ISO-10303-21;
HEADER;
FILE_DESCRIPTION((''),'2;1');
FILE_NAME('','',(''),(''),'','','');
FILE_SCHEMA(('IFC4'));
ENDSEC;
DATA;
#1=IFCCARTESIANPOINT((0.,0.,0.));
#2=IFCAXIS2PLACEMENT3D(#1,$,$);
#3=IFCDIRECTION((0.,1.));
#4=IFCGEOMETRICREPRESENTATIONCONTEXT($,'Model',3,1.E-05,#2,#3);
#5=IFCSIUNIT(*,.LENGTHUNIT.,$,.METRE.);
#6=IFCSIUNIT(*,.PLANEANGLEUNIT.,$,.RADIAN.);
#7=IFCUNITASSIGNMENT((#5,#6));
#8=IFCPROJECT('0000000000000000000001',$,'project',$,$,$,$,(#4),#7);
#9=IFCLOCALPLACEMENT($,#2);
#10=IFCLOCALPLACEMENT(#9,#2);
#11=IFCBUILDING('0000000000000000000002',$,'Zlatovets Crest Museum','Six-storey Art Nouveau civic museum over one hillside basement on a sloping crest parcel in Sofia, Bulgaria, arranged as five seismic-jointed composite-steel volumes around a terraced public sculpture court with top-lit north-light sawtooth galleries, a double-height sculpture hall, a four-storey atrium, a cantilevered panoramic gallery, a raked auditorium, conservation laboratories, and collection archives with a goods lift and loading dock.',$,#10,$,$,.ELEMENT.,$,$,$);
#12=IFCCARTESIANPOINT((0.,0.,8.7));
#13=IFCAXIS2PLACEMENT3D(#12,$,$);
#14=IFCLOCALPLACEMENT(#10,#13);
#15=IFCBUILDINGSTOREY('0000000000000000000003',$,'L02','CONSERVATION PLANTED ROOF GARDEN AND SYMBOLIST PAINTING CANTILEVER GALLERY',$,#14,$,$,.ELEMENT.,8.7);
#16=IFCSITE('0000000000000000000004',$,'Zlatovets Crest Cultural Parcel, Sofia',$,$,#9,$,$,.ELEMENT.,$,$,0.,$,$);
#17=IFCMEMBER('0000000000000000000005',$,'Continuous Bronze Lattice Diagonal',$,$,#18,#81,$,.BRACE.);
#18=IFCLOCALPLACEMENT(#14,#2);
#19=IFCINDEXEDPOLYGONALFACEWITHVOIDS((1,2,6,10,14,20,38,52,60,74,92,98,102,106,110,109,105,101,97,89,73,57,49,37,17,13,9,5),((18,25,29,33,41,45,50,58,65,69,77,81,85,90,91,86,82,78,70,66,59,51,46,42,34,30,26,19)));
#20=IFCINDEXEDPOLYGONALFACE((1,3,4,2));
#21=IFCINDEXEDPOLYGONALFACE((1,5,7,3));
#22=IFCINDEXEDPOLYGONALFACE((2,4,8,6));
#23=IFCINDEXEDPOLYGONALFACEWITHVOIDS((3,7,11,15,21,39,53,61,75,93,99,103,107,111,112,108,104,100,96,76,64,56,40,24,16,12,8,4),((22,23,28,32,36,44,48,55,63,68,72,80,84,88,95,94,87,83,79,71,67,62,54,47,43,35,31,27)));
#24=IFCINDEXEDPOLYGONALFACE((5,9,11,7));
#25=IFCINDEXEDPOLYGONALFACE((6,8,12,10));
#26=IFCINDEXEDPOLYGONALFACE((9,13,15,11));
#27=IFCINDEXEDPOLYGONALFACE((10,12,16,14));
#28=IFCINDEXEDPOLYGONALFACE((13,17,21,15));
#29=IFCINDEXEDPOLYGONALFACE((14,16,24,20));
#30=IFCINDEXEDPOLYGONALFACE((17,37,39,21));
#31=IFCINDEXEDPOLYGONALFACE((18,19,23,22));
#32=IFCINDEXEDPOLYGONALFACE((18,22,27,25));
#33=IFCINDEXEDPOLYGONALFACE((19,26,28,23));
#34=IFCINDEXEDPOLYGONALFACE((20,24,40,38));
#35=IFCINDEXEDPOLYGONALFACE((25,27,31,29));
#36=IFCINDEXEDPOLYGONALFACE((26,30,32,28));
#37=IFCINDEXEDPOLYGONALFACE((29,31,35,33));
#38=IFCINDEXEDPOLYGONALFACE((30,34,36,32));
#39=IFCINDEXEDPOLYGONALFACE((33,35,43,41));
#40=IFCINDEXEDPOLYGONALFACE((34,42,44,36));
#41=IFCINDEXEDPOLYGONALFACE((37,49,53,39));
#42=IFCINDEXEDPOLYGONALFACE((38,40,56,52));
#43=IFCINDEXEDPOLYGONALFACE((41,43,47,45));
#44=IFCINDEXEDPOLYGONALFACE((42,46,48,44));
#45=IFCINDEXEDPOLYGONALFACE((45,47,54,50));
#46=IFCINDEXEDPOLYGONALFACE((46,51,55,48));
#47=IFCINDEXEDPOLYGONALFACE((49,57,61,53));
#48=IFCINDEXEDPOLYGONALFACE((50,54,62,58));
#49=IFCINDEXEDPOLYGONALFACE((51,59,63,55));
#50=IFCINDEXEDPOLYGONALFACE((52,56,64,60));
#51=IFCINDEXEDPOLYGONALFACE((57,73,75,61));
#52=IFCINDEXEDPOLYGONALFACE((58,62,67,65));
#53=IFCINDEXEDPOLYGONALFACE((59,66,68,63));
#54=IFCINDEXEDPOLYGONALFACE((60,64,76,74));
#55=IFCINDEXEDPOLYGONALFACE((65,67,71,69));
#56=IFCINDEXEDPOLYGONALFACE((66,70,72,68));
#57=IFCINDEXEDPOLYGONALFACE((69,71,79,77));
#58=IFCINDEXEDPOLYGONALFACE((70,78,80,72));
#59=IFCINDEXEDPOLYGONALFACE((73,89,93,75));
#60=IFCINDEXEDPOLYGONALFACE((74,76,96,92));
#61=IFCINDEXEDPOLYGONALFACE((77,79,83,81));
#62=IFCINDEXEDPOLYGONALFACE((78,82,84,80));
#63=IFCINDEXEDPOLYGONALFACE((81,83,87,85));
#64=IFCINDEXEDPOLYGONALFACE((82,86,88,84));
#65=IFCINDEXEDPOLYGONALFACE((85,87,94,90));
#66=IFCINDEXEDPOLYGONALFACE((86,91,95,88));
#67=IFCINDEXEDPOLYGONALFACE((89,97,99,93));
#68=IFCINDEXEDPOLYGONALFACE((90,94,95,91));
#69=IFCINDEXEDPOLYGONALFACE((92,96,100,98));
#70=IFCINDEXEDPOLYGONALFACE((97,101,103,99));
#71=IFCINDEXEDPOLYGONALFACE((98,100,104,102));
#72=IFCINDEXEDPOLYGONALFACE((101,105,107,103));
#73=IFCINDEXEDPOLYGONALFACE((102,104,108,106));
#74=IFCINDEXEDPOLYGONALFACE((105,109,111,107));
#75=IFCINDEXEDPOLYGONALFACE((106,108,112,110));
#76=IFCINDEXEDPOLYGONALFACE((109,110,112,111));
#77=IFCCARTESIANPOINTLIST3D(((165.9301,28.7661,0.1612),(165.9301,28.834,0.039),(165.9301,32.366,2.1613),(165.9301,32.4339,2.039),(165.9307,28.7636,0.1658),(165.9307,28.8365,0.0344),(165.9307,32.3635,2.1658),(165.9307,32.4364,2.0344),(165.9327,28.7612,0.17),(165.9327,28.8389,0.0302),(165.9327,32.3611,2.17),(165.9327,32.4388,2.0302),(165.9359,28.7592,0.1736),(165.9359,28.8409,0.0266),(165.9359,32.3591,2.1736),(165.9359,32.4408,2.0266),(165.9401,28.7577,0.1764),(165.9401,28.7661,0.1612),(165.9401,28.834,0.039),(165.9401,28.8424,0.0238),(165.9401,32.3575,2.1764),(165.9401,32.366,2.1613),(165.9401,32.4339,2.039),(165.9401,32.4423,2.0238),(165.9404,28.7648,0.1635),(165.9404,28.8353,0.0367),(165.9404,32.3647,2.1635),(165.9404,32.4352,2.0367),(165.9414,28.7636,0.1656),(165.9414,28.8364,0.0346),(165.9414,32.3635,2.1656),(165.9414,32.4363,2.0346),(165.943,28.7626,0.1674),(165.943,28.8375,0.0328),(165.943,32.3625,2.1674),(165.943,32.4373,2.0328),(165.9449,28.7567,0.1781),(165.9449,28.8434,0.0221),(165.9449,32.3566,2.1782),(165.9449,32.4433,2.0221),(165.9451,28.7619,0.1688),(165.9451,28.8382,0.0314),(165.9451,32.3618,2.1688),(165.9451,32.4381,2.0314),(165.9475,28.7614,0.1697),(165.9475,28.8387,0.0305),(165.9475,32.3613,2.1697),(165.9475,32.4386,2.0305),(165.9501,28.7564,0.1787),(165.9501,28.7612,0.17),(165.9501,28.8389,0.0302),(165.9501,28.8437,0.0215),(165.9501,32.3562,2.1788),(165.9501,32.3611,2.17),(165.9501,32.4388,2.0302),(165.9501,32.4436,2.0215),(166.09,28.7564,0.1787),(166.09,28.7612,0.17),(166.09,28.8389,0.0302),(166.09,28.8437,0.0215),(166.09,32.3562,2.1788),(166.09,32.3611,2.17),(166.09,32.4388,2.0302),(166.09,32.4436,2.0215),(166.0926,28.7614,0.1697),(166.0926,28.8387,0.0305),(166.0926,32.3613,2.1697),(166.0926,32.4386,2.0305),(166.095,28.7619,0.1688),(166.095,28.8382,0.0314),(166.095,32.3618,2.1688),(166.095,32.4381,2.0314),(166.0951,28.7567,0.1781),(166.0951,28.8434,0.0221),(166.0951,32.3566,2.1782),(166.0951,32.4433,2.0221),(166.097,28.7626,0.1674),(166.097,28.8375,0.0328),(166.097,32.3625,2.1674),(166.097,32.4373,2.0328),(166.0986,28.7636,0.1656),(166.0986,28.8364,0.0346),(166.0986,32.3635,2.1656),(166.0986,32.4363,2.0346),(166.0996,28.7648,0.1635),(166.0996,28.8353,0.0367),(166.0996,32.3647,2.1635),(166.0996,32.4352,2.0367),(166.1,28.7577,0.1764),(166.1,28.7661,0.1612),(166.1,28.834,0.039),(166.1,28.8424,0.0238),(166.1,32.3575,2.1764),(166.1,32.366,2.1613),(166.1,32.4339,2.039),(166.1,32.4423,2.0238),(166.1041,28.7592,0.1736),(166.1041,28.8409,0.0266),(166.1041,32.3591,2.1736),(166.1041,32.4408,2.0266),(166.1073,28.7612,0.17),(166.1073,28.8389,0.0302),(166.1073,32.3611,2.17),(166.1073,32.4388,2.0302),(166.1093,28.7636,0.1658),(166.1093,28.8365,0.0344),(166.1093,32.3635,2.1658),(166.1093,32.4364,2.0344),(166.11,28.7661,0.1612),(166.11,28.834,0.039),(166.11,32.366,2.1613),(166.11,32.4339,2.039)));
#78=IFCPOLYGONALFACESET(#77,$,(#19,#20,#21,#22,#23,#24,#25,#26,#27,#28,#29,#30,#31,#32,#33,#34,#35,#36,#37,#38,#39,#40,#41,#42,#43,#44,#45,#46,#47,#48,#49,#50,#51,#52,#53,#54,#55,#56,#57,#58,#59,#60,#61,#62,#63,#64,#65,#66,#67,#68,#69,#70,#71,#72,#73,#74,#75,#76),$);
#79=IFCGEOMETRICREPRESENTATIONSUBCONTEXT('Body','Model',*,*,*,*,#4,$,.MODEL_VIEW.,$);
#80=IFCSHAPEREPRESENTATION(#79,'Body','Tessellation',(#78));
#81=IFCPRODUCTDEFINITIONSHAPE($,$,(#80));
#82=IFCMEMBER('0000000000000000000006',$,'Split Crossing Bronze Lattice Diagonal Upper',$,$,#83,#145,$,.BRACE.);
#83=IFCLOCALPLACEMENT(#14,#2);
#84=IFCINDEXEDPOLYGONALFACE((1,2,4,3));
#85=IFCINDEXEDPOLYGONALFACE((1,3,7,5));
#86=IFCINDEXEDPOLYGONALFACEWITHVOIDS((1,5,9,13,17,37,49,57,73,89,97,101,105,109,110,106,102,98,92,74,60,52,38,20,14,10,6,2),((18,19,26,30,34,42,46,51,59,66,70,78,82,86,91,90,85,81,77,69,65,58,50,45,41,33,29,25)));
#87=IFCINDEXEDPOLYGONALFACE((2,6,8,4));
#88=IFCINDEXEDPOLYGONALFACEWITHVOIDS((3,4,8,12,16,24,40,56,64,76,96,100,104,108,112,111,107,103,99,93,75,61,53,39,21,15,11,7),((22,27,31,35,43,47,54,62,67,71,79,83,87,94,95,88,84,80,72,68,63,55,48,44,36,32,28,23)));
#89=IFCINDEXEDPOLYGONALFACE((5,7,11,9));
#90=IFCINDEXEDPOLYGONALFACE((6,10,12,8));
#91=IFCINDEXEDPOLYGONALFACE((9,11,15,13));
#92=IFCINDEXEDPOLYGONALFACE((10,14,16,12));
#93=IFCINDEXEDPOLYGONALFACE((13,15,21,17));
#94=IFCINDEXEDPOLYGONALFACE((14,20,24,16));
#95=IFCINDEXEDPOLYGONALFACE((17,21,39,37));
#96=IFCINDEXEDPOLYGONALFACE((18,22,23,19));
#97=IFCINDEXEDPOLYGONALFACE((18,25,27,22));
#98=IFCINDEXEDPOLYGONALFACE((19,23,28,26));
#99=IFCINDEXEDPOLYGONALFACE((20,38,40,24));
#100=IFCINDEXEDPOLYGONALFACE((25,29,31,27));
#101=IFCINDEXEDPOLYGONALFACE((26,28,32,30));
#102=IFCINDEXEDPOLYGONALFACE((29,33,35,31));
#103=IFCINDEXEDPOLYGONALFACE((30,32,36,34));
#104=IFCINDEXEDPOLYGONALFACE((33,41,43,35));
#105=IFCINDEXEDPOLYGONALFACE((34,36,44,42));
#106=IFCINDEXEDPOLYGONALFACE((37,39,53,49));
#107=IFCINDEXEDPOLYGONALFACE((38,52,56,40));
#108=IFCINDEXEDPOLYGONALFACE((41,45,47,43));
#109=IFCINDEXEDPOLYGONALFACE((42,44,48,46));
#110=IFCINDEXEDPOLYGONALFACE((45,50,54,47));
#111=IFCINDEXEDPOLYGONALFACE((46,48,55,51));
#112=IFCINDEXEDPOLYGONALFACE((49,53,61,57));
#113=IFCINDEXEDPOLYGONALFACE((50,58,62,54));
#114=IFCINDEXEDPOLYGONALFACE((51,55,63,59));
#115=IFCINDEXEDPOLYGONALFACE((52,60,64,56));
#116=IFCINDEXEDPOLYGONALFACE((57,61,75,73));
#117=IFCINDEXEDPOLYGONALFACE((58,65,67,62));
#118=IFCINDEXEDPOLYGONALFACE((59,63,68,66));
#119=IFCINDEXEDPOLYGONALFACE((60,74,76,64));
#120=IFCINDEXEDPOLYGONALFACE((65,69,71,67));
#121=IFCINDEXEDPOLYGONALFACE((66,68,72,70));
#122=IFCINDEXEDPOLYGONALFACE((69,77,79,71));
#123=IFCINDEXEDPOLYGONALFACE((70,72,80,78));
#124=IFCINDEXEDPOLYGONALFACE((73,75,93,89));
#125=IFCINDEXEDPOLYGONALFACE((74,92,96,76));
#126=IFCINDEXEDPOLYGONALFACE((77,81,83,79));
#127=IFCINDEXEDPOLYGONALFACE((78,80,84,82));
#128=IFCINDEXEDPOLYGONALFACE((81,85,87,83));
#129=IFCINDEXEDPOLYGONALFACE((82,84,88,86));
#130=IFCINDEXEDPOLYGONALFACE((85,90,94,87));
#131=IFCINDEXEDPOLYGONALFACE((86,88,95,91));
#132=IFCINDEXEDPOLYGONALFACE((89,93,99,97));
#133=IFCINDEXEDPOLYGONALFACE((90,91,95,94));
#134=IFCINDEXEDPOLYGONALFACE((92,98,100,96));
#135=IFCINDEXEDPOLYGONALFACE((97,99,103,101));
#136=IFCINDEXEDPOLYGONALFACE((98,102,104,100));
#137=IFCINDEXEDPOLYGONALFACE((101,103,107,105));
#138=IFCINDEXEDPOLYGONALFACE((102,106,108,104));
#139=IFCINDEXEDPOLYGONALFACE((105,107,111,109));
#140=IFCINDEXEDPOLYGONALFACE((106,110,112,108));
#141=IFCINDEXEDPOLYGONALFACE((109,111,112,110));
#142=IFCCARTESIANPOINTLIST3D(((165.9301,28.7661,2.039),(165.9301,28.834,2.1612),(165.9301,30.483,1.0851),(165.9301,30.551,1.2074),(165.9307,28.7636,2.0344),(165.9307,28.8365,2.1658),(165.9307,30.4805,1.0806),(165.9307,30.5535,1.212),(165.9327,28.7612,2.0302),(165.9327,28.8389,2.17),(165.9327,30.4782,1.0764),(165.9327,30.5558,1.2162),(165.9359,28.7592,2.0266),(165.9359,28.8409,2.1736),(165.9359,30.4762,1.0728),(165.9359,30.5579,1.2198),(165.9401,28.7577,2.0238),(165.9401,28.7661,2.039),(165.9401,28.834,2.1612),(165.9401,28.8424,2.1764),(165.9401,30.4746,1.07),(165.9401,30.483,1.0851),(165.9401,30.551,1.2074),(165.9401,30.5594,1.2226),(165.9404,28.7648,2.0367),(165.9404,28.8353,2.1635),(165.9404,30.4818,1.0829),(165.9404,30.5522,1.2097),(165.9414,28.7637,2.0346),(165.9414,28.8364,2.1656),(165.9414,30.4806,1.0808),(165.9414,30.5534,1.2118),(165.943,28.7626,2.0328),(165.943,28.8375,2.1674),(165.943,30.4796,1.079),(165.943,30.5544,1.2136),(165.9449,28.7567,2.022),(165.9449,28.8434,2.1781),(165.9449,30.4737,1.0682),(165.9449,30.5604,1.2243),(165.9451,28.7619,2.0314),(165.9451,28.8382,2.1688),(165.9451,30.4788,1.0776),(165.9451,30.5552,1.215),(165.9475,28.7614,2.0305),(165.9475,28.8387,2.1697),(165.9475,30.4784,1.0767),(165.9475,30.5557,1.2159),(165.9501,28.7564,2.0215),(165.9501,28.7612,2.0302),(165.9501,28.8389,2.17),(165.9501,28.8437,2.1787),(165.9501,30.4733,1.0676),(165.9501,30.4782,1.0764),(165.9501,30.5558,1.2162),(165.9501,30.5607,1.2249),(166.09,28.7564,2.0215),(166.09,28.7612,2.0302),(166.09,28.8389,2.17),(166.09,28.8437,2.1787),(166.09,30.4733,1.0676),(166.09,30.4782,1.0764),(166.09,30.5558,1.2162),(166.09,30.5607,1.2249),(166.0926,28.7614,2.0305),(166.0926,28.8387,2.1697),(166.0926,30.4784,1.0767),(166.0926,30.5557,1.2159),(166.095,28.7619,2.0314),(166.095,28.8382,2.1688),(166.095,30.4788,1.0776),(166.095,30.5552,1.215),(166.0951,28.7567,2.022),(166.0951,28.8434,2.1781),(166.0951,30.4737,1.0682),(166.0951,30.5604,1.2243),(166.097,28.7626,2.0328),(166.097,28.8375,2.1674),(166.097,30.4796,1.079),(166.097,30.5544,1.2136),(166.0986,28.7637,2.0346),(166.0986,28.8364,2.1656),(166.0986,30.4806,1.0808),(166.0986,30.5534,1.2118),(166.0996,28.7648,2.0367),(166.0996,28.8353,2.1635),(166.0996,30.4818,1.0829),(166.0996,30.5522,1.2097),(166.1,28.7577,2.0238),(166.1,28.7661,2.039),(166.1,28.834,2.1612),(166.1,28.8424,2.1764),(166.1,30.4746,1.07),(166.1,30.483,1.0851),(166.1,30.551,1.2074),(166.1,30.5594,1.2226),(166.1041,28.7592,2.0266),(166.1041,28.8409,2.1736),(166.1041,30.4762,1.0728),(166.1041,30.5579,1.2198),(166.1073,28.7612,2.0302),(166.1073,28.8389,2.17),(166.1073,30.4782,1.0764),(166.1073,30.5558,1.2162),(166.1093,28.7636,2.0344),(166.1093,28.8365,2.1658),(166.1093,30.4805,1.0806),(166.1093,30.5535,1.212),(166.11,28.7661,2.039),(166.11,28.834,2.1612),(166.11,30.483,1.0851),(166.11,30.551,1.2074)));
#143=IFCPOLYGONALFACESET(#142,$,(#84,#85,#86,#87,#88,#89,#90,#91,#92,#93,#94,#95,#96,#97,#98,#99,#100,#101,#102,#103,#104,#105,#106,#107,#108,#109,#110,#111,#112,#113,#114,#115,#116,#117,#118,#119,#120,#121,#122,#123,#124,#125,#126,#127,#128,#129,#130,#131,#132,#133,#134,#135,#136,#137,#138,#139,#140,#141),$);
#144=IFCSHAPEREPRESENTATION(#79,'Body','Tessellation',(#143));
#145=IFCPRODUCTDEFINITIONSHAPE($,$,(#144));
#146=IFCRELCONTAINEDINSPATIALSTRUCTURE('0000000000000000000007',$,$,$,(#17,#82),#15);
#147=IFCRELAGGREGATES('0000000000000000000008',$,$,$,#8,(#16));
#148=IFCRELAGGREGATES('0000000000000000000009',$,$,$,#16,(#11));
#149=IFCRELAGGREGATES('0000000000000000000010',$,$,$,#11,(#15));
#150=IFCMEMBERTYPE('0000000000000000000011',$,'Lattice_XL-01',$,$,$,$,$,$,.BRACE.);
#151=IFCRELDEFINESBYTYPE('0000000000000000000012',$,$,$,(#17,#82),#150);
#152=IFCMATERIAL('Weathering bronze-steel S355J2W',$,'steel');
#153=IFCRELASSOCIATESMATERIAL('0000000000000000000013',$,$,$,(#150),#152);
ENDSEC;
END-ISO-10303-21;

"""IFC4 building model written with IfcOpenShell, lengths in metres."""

from ifc_helpers import new_model, si_unit, direction, frame, origin, origin_2d, place, context, subcontext, project, spatial, hollow_rectangle, extrude, material, material_profile, profile_set, type_object, element, save


model = new_model("IFC4")

# Units and contexts
model_context = context("Model", 3, precision=1e-05, world=origin(), true_north=direction((0.0, 1.0)))
body_context = subcontext(model_context, "Body", "Model", "MODEL_VIEW")
ifc_project = project(units=[si_unit("LENGTHUNIT", "METRE"), si_unit("PLANEANGLEUNIT", "RADIAN")], contexts=[model_context])

# Site, building, storey
site_placement = place(None, origin())
site = spatial("IfcSite", under=ifc_project, at=site_placement, Name="Zlatovets Crest Cultural Parcel, Sofia", CompositionType="ELEMENT", RefElevation=0.0)
building_placement = place(site_placement, origin())
building = spatial("IfcBuilding", under=site, at=building_placement, Name="Zlatovets Crest Museum", Description="Six-storey Art Nouveau civic museum over one hillside basement on a sloping crest parcel in Sofia, Bulgaria, arranged as five seismic-jointed composite-steel volumes around a terraced public sculpture court with top-lit north-light sawtooth galleries, a double-height sculpture hall, a four-storey atrium, a cantilevered panoramic gallery, a raked auditorium, conservation laboratories, and collection archives with a goods lift and loading dock.", CompositionType="ELEMENT")
storey_placement = place(building_placement, frame((0.0, 0.0, 8.7)))
storey = spatial("IfcBuildingStorey", under=building, at=storey_placement, Name="L02", Description="CONSERVATION PLANTED ROOF GARDEN AND SYMBOLIST PAINTING CANTILEVER GALLERY", CompositionType="ELEMENT", Elevation=8.7)

# Members
ifc_material_1 = material(Name="Weathering bronze-steel S355J2W", Category="steel")
ifc_material_profile_1 = material_profile(ifc_material_1, hollow_rectangle(XDim=0.1799, YDim=0.1799, WallThickness=0.01, InnerFilletRadius=0.01, OuterFilletRadius=0.02, at=origin_2d()), Name="SHS 180x180x10.0")
ifc_profile_set_1 = profile_set([ifc_material_profile_1], Name="Weathering bronze-steel S355J2W")
member_type_1 = type_object("IfcMemberType", Name="Lattice_XL-01", PredefinedType="BRACE", material=ifc_profile_set_1)
member_1_placement = place(storey_placement, frame((166.02, 28.8, 0.1001), z_axis=(0.0, 0.874149, 0.485658), x_axis=(-1.0, 0.0, 0.0)))
element("IfcMember", 1, at=member_1_placement, inside=storey, type_object=member_type_1, Name="Continuous Bronze Lattice Diagonal", PredefinedType="BRACE", context=body_context, shape_type="SweptSolid", body=[
    extrude(hollow_rectangle(XDim=0.1799, YDim=0.1799, WallThickness=0.01, InnerFilletRadius=0.01, OuterFilletRadius=0.02, at=origin_2d()), origin(), (0.0, 0.0, 1.0), 4.1182),
])
member_2_placement = place(storey_placement, frame((166.02, 28.8, 2.1001), z_axis=(0.0, 0.874169, -0.485622), x_axis=(-1.0, 0.0, 0.0)))
element("IfcMember", 2, at=member_2_placement, inside=storey, type_object=member_type_1, Name="Split Crossing Bronze Lattice Diagonal Upper", PredefinedType="BRACE", context=body_context, shape_type="SweptSolid", body=[
    extrude(hollow_rectangle(XDim=0.1799, YDim=0.1799, WallThickness=0.01, InnerFilletRadius=0.01, OuterFilletRadius=0.02, at=origin_2d()), origin(), (0.0, 0.0, 1.0), 1.9641),
])

save(model, "model.ifc")
